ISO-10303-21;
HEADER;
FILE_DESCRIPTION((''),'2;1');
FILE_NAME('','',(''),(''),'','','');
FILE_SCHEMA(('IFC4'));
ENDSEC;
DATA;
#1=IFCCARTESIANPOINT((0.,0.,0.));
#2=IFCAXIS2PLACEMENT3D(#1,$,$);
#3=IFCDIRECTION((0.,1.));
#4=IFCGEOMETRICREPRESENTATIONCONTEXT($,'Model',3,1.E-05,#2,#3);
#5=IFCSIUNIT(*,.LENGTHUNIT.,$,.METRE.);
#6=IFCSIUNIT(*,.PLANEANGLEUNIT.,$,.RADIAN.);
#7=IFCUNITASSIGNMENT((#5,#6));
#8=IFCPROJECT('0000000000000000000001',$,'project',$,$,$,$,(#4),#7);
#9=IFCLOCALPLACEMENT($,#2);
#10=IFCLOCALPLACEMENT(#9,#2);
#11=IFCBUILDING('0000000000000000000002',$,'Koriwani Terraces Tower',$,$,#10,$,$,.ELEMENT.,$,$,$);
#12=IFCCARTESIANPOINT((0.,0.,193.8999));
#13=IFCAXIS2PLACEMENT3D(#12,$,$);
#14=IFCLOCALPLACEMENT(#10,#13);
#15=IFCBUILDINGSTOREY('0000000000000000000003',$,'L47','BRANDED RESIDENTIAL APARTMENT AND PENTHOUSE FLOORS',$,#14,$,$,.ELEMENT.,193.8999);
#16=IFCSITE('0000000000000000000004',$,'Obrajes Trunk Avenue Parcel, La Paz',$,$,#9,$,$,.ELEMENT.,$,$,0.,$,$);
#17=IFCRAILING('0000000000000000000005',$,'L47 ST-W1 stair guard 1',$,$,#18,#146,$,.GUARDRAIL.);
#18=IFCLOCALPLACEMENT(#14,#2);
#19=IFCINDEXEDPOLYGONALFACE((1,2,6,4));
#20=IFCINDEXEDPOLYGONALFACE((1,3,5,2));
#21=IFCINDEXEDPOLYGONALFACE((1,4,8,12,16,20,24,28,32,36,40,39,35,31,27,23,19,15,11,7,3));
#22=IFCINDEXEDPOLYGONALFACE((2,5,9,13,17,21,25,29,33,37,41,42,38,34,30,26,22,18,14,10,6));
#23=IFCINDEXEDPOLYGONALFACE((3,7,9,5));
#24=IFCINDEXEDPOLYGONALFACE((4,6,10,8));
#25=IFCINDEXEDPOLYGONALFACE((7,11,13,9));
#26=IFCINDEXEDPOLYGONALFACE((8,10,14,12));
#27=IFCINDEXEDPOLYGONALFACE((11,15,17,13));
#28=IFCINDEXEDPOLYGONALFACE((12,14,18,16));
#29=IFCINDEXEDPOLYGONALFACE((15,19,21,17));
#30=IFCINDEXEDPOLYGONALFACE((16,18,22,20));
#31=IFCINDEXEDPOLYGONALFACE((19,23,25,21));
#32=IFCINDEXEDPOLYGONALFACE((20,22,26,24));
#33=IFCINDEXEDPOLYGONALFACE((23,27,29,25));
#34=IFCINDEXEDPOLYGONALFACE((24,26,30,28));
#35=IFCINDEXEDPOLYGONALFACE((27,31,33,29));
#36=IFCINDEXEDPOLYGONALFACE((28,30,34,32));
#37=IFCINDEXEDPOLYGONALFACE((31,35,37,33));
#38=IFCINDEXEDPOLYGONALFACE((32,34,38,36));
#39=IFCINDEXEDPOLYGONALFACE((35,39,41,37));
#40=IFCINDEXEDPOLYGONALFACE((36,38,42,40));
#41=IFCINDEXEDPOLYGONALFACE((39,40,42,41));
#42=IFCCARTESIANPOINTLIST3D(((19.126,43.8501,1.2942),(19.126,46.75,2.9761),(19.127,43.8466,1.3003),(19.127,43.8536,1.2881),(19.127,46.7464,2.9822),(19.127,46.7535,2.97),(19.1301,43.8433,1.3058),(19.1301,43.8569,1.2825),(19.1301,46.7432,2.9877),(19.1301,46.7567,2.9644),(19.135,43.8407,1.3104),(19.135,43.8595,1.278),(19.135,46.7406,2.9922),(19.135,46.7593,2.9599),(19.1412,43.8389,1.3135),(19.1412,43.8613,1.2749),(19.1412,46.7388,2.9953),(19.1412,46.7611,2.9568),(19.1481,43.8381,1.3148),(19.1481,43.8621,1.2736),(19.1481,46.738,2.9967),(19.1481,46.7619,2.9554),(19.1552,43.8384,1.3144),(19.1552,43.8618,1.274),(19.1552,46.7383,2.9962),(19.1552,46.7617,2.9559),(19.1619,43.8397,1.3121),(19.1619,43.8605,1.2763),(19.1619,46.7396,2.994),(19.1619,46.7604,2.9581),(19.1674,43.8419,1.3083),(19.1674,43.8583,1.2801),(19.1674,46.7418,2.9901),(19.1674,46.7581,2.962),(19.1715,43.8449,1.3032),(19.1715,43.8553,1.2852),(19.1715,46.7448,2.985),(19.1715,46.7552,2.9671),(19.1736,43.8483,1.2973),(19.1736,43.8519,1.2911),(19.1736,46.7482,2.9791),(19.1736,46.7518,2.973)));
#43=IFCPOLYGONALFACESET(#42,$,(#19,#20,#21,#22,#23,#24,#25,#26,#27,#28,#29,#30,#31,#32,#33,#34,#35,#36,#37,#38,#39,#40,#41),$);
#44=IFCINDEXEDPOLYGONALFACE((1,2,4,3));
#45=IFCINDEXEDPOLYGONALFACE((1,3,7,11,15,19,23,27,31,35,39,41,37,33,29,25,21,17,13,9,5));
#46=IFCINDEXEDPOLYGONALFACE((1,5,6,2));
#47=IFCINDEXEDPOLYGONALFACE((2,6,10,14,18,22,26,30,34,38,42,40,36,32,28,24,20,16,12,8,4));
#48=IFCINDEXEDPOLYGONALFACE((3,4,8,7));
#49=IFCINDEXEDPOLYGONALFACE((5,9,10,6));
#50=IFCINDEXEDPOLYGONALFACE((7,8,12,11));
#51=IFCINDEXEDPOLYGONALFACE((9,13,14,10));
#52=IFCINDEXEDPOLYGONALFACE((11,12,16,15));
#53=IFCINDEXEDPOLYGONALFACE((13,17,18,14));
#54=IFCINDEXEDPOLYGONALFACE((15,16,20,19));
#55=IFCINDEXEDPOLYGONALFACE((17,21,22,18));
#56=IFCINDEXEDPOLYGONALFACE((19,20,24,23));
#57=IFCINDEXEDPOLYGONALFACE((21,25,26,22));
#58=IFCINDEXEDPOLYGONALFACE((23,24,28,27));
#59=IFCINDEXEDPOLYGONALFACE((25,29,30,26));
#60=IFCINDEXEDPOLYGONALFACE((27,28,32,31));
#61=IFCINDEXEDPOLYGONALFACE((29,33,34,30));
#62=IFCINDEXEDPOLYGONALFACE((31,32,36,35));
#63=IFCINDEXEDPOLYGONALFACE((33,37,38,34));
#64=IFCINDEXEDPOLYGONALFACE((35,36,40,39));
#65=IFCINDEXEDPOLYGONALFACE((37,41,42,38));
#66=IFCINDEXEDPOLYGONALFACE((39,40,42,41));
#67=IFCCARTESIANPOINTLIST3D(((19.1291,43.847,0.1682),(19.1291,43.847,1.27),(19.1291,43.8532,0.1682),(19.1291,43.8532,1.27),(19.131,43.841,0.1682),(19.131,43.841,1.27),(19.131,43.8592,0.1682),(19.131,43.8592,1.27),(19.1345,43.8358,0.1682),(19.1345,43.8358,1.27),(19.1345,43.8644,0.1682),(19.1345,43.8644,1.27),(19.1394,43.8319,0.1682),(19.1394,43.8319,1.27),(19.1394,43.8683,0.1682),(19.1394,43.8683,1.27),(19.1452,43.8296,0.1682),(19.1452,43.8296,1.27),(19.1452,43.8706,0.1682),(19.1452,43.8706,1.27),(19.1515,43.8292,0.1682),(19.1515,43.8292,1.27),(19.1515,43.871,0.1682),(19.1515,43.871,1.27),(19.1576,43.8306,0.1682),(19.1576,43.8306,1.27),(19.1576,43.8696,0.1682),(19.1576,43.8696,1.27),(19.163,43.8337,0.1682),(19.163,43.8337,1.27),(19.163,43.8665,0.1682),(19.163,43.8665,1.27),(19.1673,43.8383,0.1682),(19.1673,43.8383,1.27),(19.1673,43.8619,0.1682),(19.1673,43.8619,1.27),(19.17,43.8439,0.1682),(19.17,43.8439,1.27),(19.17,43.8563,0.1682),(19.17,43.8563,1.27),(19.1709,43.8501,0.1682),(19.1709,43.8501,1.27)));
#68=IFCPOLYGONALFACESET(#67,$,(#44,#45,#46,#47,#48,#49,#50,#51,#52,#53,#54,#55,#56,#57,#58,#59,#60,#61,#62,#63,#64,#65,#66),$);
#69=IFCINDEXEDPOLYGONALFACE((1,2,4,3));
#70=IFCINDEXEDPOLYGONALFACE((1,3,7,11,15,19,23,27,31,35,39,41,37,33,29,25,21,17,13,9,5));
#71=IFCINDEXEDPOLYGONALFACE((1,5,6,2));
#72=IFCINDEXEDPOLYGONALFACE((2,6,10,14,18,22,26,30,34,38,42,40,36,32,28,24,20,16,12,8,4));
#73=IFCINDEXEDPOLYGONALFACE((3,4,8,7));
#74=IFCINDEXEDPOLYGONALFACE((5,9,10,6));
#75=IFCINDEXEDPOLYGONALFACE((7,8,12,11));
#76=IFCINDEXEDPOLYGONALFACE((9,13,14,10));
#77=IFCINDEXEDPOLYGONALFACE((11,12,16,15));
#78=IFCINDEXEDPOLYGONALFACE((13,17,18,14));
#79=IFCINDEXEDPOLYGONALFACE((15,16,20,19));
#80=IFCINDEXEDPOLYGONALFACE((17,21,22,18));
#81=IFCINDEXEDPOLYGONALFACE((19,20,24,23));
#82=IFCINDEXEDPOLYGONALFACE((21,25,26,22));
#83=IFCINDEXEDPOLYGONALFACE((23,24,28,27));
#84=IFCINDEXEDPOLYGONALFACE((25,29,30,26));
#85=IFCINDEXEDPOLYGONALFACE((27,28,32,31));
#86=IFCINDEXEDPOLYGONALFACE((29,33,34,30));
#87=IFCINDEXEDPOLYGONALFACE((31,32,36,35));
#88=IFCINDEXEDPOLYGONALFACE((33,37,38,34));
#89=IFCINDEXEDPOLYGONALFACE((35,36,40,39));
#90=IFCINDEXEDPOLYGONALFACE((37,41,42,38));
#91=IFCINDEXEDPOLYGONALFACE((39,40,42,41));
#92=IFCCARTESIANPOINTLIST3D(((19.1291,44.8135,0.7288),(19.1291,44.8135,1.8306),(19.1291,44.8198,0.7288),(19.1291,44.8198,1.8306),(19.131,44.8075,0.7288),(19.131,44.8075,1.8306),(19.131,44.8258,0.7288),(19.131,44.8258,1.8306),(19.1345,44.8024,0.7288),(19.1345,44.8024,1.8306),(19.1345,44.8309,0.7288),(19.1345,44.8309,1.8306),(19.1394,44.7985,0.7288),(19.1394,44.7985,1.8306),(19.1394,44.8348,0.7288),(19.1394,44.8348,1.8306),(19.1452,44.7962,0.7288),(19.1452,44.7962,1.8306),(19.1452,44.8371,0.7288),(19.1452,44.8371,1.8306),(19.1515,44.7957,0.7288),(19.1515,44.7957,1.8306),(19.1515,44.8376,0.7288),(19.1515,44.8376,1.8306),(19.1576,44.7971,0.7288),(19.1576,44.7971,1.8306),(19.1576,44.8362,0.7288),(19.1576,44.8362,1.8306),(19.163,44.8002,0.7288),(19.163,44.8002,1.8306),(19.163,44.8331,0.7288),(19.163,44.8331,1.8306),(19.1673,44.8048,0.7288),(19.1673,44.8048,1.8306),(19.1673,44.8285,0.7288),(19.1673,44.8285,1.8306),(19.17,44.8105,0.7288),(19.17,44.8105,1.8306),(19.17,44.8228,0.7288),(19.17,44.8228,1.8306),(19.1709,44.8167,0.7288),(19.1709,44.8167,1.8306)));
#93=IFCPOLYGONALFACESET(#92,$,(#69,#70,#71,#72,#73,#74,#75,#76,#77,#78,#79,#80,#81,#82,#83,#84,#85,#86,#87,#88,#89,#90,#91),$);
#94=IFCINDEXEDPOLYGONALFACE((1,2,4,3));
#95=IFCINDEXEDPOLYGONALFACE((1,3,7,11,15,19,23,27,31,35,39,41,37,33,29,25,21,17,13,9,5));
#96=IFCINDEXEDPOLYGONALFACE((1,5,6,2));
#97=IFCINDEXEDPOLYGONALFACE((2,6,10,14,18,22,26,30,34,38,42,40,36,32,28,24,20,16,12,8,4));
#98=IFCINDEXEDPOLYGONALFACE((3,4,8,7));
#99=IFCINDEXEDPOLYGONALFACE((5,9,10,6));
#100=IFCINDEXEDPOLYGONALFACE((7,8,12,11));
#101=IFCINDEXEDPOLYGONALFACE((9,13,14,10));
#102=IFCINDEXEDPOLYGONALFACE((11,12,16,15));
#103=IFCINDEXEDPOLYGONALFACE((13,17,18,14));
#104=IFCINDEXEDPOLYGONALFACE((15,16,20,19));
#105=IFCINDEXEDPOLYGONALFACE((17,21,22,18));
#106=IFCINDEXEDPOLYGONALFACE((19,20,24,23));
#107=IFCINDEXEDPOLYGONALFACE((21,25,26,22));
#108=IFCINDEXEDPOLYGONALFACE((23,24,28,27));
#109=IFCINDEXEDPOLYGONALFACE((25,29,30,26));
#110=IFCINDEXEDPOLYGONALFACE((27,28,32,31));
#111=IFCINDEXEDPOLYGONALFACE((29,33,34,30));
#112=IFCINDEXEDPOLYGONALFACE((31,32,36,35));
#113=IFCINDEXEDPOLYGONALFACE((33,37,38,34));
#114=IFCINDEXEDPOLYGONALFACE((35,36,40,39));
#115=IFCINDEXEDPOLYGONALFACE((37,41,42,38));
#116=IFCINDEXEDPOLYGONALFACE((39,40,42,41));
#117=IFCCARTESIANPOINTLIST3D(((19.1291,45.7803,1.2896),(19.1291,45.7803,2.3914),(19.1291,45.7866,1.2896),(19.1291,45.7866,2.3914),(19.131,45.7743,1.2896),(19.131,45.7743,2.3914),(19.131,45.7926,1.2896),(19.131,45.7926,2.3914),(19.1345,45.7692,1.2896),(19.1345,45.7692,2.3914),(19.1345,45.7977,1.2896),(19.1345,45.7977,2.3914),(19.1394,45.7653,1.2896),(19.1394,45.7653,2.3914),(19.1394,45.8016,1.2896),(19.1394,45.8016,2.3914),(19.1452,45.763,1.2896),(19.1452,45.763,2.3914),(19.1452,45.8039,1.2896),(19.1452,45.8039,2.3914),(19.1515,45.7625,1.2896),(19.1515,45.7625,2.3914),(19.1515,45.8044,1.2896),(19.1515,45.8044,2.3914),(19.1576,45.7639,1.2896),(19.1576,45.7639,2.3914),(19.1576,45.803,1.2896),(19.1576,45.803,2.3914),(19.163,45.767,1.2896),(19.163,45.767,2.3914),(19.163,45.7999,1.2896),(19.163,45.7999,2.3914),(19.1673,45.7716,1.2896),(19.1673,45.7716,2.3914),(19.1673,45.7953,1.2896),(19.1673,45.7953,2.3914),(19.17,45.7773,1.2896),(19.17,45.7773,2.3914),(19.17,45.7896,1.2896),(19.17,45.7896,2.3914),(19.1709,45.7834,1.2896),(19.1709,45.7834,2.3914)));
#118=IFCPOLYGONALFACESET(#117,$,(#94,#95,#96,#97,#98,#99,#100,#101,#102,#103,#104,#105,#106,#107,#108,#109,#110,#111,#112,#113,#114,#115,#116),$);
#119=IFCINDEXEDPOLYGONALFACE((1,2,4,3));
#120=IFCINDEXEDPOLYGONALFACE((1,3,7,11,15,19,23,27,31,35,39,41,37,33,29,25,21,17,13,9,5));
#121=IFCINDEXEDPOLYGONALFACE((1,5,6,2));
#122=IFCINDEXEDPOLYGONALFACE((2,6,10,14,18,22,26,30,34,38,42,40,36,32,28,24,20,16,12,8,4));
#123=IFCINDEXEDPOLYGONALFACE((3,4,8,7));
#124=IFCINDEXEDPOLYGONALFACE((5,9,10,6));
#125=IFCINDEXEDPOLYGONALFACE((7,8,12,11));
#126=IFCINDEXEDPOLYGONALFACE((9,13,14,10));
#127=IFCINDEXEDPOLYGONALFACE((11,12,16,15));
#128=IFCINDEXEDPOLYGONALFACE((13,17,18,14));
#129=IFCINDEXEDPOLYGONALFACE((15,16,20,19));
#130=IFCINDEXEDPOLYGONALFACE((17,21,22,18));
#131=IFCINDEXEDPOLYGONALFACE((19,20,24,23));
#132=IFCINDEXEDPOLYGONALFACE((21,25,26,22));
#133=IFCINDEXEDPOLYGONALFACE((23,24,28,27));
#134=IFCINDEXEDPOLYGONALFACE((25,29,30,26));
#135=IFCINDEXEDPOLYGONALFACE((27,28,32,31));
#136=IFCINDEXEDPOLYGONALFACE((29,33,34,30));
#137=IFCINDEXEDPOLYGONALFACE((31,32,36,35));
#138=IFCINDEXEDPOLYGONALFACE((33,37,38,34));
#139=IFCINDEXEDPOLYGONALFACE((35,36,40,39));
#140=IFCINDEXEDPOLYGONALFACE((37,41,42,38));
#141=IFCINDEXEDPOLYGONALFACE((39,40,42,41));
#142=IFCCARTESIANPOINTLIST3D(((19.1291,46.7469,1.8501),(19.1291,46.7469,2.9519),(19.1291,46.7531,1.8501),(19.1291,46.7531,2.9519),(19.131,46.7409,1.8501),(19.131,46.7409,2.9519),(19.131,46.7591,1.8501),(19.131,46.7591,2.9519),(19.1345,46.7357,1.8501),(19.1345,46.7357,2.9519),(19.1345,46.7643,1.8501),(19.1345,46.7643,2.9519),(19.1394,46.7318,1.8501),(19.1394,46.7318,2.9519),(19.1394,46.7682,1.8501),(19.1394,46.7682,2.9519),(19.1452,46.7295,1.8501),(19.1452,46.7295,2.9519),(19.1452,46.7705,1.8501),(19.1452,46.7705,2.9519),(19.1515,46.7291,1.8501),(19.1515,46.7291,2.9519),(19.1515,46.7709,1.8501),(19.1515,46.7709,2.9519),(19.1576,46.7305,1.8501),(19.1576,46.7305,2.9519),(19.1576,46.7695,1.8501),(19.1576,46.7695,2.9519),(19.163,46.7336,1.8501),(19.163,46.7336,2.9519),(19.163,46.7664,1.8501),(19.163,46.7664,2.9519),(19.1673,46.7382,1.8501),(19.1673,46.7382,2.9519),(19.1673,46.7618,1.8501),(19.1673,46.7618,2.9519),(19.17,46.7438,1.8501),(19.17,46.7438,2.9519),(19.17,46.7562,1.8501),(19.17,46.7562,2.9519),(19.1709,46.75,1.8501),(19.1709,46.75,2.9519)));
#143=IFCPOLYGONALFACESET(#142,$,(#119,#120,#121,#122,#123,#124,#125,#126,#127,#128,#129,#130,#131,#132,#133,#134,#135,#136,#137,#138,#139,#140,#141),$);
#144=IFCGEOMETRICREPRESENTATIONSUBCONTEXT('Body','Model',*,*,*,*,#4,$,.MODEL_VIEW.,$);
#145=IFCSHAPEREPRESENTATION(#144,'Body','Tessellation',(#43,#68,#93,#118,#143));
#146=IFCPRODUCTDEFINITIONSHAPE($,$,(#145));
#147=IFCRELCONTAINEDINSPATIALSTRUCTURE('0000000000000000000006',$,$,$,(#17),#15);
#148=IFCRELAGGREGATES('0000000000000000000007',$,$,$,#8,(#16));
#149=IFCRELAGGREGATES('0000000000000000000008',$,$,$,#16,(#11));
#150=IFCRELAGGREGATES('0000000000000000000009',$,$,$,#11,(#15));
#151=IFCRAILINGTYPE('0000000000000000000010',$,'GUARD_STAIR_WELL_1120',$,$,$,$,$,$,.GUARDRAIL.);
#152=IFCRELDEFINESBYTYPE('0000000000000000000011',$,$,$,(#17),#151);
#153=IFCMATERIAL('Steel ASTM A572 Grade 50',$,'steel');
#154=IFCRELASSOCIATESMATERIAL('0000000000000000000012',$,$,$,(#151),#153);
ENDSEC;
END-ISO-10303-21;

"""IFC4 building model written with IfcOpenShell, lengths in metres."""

from ifc_helpers import new_model, si_unit, direction, frame, origin, origin_2d, place, context, subcontext, project, spatial, circle, extrude, material, type_object, element, save


model = new_model("IFC4")

# Units and contexts
model_context = context("Model", 3, precision=1e-05, world=origin(), true_north=direction((0.0, 1.0)))
body_context = subcontext(model_context, "Body", "Model", "MODEL_VIEW")
ifc_project = project(units=[si_unit("LENGTHUNIT", "METRE"), si_unit("PLANEANGLEUNIT", "RADIAN")], contexts=[model_context])

# Site, building, storey
site_placement = place(None, origin())
site = spatial("IfcSite", under=ifc_project, at=site_placement, Name="Obrajes Trunk Avenue Parcel, La Paz", CompositionType="ELEMENT", RefElevation=0.0)
building_placement = place(site_placement, origin())
building = spatial("IfcBuilding", under=site, at=building_placement, Name="Koriwani Terraces Tower", CompositionType="ELEMENT")
storey_placement = place(building_placement, frame((0.0, 0.0, 193.8999)))
storey = spatial("IfcBuildingStorey", under=building, at=storey_placement, Name="L47", Description="BRANDED RESIDENTIAL APARTMENT AND PENTHOUSE FLOORS", CompositionType="ELEMENT", Elevation=193.8999)

# Shared definitions
ifc_material_1 = material(Name="Steel ASTM A572 Grade 50", Category="steel")

# Railing
railing_type_1 = type_object("IfcRailingType", Name="GUARD_STAIR_WELL_1120", PredefinedType="GUARDRAIL", material=ifc_material_1)
railing_1_placement = place(storey_placement, frame((19.1499, 43.8501, 0.1682)))
element("IfcRailing", 1, at=railing_1_placement, inside=storey, type_object=railing_type_1, Name="L47 ST-W1 stair guard 1", PredefinedType="GUARDRAIL", context=body_context, shape_type="SweptSolid", body=[
    extrude(circle(Radius=0.0239, at=origin_2d()), frame((0.0, 0.0, 1.126), z_axis=(0.0, 0.865039, 0.501705), x_axis=(-1.0, 0.0, 0.0)), (0.0, 0.0, 1.0), 3.3523),
    extrude(circle(Radius=0.021, at=origin_2d()), origin(), (0.0, 0.0, 1.0), 1.1018),
    extrude(circle(Radius=0.021, at=origin_2d()), frame((0.0, 0.9666, 0.5605)), (0.0, 0.0, 1.0), 1.1018),
    extrude(circle(Radius=0.021, at=origin_2d()), frame((0.0, 1.9333, 1.1213)), (0.0, 0.0, 1.0), 1.1018),
    extrude(circle(Radius=0.021, at=origin_2d()), frame((0.0, 2.8999, 1.6819)), (0.0, 0.0, 1.0), 1.1018),
])

save(model, "model.ifc")
